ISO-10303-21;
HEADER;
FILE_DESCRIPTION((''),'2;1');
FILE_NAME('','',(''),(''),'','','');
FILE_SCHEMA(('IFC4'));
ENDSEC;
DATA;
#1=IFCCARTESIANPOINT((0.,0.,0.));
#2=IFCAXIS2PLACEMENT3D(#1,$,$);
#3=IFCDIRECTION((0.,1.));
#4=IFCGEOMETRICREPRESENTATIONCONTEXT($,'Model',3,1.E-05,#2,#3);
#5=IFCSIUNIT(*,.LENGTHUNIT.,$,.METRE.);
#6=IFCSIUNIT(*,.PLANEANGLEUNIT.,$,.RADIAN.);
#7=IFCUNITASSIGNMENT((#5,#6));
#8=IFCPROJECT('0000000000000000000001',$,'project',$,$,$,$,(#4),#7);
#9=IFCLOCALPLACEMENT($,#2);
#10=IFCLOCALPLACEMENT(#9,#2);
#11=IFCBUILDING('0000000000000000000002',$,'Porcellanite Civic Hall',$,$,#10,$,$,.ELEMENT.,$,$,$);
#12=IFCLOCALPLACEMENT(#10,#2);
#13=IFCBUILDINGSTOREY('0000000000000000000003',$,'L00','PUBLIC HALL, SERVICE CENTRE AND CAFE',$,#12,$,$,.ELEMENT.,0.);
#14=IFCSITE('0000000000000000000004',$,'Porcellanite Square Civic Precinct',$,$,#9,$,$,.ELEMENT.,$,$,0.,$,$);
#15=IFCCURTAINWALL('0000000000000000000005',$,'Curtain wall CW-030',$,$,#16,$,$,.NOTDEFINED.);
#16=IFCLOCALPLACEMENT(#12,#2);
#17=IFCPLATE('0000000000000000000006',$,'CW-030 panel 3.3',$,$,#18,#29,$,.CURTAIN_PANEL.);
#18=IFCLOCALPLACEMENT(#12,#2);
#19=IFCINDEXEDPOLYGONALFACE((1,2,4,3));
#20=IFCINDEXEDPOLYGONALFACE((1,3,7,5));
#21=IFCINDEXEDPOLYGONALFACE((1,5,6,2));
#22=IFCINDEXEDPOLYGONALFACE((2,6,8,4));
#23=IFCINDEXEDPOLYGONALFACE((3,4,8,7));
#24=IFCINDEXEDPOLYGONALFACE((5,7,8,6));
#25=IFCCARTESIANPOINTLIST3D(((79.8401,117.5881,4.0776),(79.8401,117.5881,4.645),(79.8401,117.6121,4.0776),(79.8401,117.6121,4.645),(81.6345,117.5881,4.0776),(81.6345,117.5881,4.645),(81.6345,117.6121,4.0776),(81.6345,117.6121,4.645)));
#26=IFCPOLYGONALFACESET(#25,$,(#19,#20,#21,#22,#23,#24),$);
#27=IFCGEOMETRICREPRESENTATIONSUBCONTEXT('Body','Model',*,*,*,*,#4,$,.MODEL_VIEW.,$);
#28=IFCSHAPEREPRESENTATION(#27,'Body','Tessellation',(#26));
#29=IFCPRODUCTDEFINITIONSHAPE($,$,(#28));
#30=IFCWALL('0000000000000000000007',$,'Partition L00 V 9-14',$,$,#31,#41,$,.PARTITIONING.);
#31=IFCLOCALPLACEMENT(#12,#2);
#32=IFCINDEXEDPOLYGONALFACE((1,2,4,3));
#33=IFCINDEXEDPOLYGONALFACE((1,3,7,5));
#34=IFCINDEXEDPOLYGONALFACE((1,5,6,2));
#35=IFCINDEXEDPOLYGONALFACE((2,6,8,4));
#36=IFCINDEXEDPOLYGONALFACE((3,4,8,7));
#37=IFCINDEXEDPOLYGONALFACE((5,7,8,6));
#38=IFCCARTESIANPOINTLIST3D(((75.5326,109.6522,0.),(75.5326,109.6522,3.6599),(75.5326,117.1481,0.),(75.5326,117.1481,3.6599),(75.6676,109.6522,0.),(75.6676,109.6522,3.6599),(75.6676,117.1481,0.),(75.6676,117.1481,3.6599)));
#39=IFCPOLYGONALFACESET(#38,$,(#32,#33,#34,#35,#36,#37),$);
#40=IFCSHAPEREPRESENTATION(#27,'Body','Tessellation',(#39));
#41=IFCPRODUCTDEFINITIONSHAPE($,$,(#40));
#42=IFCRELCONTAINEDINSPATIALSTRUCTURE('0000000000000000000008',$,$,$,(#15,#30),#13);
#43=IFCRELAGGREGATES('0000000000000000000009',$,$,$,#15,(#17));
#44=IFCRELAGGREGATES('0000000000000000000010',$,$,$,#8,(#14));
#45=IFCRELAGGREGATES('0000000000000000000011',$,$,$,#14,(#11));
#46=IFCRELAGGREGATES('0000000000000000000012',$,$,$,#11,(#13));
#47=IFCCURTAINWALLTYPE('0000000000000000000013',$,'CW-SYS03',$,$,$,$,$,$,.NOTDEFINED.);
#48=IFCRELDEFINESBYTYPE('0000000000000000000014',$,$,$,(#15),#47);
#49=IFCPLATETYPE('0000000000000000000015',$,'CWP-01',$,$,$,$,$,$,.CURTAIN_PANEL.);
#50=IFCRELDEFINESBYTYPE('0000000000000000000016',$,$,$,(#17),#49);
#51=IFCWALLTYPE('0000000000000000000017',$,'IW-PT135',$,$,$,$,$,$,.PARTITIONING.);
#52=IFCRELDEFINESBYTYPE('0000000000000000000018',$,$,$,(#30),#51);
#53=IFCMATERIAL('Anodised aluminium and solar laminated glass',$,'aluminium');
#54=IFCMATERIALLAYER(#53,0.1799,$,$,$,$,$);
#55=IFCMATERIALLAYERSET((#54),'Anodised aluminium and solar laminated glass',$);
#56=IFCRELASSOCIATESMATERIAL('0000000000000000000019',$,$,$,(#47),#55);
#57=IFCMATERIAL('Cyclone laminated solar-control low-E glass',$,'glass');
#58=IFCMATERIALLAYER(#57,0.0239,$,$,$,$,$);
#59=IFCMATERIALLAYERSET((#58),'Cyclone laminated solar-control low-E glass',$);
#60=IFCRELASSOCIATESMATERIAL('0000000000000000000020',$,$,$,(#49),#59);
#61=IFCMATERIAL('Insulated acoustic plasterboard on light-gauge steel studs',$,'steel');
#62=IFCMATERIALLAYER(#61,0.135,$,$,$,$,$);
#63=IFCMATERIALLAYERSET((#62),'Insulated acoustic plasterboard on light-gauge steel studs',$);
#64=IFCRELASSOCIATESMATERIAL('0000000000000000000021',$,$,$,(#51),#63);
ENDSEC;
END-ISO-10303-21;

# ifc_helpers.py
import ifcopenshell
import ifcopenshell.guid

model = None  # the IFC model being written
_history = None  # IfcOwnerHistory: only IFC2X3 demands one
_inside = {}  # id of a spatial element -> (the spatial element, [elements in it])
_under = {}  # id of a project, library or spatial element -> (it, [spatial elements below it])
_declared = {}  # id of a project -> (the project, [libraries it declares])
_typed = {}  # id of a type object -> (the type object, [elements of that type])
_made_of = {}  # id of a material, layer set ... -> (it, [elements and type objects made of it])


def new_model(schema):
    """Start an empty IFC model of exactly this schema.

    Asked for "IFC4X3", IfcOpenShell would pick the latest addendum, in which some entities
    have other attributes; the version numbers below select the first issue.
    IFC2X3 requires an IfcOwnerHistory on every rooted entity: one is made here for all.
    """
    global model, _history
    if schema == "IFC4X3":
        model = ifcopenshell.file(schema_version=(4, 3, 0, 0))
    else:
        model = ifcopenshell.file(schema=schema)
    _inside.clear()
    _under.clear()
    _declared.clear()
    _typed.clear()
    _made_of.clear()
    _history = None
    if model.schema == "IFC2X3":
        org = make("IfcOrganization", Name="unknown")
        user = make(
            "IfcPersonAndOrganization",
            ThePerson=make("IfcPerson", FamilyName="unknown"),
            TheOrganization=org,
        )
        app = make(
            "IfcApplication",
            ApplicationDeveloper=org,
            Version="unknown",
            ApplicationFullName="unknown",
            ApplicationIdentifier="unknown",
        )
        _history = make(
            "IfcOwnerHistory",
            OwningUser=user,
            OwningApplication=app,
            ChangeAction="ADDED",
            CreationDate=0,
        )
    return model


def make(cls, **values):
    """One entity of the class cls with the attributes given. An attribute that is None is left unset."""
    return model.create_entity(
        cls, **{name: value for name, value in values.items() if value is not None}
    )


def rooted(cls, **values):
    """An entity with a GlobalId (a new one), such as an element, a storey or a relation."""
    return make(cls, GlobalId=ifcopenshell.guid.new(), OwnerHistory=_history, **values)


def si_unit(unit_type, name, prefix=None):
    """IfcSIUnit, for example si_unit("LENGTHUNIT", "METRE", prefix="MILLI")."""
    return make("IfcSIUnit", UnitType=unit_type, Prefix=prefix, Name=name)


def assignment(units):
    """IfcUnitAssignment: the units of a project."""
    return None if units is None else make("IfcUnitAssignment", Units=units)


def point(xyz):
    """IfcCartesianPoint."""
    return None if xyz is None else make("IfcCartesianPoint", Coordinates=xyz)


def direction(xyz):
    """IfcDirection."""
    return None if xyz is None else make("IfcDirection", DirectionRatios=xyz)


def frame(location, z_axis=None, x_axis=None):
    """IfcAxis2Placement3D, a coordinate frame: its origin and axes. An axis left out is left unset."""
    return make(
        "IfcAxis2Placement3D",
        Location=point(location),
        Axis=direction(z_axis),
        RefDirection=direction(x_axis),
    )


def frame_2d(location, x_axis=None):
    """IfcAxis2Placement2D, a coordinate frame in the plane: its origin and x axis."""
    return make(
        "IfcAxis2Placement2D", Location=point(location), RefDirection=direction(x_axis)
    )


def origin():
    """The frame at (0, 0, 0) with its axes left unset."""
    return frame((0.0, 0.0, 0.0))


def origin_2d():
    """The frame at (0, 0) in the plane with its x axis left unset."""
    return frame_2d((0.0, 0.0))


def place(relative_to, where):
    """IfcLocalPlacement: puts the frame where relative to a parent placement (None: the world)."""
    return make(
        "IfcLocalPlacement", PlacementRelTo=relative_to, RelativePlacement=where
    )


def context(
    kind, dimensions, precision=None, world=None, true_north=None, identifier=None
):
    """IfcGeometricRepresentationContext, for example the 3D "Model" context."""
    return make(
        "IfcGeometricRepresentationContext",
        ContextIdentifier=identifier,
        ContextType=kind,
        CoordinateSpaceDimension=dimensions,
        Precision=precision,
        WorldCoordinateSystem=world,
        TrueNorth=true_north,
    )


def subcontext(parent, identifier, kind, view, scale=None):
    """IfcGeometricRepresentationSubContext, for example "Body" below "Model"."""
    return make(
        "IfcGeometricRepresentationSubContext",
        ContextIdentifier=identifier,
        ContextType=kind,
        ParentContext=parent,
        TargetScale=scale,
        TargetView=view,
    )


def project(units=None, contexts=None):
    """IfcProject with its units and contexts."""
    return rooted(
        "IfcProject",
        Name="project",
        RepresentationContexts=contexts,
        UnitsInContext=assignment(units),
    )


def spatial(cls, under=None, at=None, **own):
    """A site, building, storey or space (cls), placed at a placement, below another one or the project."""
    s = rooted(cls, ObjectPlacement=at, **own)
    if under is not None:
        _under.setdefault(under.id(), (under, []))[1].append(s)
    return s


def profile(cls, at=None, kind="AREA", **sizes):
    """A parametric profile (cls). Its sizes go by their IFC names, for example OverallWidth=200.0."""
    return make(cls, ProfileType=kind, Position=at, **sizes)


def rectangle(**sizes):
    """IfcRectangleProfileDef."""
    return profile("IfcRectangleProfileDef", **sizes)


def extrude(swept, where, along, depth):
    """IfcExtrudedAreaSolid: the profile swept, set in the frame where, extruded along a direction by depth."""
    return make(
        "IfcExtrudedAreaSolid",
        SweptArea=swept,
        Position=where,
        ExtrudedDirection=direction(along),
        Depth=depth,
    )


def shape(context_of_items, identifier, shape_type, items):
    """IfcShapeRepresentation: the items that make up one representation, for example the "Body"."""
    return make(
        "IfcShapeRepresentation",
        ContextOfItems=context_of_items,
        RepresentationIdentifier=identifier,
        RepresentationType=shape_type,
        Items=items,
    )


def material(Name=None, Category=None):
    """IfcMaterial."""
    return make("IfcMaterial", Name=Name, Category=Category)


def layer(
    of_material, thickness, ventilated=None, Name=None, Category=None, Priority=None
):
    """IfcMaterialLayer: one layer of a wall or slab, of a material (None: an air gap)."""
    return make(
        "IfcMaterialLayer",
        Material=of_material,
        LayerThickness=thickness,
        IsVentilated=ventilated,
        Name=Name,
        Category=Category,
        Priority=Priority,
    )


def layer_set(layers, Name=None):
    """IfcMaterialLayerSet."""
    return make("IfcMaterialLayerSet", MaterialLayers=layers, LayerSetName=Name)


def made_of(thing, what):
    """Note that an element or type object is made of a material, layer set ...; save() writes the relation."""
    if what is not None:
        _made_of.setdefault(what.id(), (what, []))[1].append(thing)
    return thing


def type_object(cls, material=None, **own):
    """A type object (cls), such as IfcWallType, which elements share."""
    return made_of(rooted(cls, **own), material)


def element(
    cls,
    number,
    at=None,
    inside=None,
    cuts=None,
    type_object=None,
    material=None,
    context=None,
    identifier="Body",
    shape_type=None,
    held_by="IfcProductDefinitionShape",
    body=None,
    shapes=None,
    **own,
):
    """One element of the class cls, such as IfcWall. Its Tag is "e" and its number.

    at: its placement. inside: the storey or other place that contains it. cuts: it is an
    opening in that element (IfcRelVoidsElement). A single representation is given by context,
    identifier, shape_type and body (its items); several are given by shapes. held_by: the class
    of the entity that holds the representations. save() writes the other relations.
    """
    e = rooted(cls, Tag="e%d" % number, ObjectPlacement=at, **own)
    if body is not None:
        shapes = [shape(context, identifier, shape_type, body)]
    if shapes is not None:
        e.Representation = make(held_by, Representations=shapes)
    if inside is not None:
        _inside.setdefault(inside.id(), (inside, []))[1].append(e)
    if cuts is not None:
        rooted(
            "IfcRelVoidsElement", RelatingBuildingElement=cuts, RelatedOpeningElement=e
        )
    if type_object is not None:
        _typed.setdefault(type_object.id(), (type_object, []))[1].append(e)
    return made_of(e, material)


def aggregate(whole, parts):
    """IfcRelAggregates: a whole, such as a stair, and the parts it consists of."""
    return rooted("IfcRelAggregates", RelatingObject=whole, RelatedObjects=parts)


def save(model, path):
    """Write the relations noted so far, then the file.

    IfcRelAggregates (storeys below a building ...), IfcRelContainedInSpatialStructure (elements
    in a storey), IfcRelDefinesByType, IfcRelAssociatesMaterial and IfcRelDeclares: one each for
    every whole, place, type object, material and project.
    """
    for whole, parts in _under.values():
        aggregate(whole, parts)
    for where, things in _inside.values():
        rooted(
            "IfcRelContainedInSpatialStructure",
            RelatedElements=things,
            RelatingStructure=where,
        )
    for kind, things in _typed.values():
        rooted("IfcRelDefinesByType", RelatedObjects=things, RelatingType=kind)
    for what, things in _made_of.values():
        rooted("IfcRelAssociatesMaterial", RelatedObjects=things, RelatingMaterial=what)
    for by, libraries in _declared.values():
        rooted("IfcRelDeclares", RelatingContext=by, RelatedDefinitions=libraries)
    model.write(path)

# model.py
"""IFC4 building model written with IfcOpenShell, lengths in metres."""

from ifc_helpers import new_model, si_unit, direction, frame, frame_2d, origin, origin_2d, place, context, subcontext, project, spatial, rectangle, extrude, material, layer, layer_set, type_object, element, aggregate, save


model = new_model("IFC4")

# Units and contexts
model_context = context("Model", 3, precision=1e-05, world=origin(), true_north=direction((0.0, 1.0)))
body_context = subcontext(model_context, "Body", "Model", "MODEL_VIEW")
ifc_project = project(units=[si_unit("LENGTHUNIT", "METRE"), si_unit("PLANEANGLEUNIT", "RADIAN")], contexts=[model_context])

# Site, building, storey
site_placement = place(None, origin())
site = spatial("IfcSite", under=ifc_project, at=site_placement, Name="Porcellanite Square Civic Precinct", CompositionType="ELEMENT", RefElevation=0.0)
building_placement = place(site_placement, origin())
building = spatial("IfcBuilding", under=site, at=building_placement, Name="Porcellanite Civic Hall", CompositionType="ELEMENT")
storey_placement = place(building_placement, origin())
storey = spatial("IfcBuildingStorey", under=building, at=storey_placement, Name="L00", Description="PUBLIC HALL, SERVICE CENTRE AND CAFE", CompositionType="ELEMENT", Elevation=0.0)

# Curtain wall
ifc_material_1 = material(Name="Anodised aluminium and solar laminated glass", Category="aluminium")
ifc_layer_1 = layer(ifc_material_1, 0.1799)
ifc_layer_set_1 = layer_set([ifc_layer_1], Name="Anodised aluminium and solar laminated glass")
curtain_wall_type = type_object("IfcCurtainWallType", Name="CW-SYS03", PredefinedType="NOTDEFINED", material=ifc_layer_set_1)
curtain_wall_placement = place(storey_placement, origin())
curtain_wall = element("IfcCurtainWall", 1, at=curtain_wall_placement, inside=storey, type_object=curtain_wall_type, Name="Curtain wall CW-030", PredefinedType="NOTDEFINED")

# Plate
ifc_material_2 = material(Name="Cyclone laminated solar-control low-E glass", Category="glass")
ifc_layer_2 = layer(ifc_material_2, 0.0239)
ifc_layer_set_2 = layer_set([ifc_layer_2], Name="Cyclone laminated solar-control low-E glass")
plate_type = type_object("IfcPlateType", Name="CWP-01", PredefinedType="CURTAIN_PANEL", material=ifc_layer_set_2)
plate_1_placement = place(storey_placement, frame((80.7373, 117.6001, 4.0776), z_axis=(0.0, 0.0, 1.0), x_axis=(1.0, 0.0, 0.0)))
plate_1 = element("IfcPlate", 2, at=plate_1_placement, type_object=plate_type, Name="CW-030 panel 3.3", PredefinedType="CURTAIN_PANEL", context=body_context, shape_type="SweptSolid", body=[
    extrude(rectangle(XDim=1.7944, YDim=0.0239, at=origin_2d()), origin(), (0.0, 0.0, 1.0), 0.5674),
])
aggregate(curtain_wall, [plate_1])

# Wall
ifc_material_3 = material(Name="Insulated acoustic plasterboard on light-gauge steel studs", Category="steel")
ifc_layer_3 = layer(ifc_material_3, 0.135)
ifc_layer_set_3 = layer_set([ifc_layer_3], Name="Insulated acoustic plasterboard on light-gauge steel studs")
wall_type = type_object("IfcWallType", Name="IW-PT135", PredefinedType="PARTITIONING", material=ifc_layer_set_3)
wall_placement = place(storey_placement, frame((75.6001, 109.6521, 0.0), z_axis=(0.0, 0.0, 1.0), x_axis=(0.0, 1.0, 0.0)))
element("IfcWall", 3, at=wall_placement, inside=storey, type_object=wall_type, Name="Partition L00 V 9-14", PredefinedType="PARTITIONING", context=body_context, shape_type="SweptSolid", body=[
    extrude(rectangle(XDim=7.4958, YDim=0.135, at=frame_2d((3.748, 0.0))), origin(), (0.0, 0.0, 1.0), 3.6599),
])

save(model, "model.ifc")
